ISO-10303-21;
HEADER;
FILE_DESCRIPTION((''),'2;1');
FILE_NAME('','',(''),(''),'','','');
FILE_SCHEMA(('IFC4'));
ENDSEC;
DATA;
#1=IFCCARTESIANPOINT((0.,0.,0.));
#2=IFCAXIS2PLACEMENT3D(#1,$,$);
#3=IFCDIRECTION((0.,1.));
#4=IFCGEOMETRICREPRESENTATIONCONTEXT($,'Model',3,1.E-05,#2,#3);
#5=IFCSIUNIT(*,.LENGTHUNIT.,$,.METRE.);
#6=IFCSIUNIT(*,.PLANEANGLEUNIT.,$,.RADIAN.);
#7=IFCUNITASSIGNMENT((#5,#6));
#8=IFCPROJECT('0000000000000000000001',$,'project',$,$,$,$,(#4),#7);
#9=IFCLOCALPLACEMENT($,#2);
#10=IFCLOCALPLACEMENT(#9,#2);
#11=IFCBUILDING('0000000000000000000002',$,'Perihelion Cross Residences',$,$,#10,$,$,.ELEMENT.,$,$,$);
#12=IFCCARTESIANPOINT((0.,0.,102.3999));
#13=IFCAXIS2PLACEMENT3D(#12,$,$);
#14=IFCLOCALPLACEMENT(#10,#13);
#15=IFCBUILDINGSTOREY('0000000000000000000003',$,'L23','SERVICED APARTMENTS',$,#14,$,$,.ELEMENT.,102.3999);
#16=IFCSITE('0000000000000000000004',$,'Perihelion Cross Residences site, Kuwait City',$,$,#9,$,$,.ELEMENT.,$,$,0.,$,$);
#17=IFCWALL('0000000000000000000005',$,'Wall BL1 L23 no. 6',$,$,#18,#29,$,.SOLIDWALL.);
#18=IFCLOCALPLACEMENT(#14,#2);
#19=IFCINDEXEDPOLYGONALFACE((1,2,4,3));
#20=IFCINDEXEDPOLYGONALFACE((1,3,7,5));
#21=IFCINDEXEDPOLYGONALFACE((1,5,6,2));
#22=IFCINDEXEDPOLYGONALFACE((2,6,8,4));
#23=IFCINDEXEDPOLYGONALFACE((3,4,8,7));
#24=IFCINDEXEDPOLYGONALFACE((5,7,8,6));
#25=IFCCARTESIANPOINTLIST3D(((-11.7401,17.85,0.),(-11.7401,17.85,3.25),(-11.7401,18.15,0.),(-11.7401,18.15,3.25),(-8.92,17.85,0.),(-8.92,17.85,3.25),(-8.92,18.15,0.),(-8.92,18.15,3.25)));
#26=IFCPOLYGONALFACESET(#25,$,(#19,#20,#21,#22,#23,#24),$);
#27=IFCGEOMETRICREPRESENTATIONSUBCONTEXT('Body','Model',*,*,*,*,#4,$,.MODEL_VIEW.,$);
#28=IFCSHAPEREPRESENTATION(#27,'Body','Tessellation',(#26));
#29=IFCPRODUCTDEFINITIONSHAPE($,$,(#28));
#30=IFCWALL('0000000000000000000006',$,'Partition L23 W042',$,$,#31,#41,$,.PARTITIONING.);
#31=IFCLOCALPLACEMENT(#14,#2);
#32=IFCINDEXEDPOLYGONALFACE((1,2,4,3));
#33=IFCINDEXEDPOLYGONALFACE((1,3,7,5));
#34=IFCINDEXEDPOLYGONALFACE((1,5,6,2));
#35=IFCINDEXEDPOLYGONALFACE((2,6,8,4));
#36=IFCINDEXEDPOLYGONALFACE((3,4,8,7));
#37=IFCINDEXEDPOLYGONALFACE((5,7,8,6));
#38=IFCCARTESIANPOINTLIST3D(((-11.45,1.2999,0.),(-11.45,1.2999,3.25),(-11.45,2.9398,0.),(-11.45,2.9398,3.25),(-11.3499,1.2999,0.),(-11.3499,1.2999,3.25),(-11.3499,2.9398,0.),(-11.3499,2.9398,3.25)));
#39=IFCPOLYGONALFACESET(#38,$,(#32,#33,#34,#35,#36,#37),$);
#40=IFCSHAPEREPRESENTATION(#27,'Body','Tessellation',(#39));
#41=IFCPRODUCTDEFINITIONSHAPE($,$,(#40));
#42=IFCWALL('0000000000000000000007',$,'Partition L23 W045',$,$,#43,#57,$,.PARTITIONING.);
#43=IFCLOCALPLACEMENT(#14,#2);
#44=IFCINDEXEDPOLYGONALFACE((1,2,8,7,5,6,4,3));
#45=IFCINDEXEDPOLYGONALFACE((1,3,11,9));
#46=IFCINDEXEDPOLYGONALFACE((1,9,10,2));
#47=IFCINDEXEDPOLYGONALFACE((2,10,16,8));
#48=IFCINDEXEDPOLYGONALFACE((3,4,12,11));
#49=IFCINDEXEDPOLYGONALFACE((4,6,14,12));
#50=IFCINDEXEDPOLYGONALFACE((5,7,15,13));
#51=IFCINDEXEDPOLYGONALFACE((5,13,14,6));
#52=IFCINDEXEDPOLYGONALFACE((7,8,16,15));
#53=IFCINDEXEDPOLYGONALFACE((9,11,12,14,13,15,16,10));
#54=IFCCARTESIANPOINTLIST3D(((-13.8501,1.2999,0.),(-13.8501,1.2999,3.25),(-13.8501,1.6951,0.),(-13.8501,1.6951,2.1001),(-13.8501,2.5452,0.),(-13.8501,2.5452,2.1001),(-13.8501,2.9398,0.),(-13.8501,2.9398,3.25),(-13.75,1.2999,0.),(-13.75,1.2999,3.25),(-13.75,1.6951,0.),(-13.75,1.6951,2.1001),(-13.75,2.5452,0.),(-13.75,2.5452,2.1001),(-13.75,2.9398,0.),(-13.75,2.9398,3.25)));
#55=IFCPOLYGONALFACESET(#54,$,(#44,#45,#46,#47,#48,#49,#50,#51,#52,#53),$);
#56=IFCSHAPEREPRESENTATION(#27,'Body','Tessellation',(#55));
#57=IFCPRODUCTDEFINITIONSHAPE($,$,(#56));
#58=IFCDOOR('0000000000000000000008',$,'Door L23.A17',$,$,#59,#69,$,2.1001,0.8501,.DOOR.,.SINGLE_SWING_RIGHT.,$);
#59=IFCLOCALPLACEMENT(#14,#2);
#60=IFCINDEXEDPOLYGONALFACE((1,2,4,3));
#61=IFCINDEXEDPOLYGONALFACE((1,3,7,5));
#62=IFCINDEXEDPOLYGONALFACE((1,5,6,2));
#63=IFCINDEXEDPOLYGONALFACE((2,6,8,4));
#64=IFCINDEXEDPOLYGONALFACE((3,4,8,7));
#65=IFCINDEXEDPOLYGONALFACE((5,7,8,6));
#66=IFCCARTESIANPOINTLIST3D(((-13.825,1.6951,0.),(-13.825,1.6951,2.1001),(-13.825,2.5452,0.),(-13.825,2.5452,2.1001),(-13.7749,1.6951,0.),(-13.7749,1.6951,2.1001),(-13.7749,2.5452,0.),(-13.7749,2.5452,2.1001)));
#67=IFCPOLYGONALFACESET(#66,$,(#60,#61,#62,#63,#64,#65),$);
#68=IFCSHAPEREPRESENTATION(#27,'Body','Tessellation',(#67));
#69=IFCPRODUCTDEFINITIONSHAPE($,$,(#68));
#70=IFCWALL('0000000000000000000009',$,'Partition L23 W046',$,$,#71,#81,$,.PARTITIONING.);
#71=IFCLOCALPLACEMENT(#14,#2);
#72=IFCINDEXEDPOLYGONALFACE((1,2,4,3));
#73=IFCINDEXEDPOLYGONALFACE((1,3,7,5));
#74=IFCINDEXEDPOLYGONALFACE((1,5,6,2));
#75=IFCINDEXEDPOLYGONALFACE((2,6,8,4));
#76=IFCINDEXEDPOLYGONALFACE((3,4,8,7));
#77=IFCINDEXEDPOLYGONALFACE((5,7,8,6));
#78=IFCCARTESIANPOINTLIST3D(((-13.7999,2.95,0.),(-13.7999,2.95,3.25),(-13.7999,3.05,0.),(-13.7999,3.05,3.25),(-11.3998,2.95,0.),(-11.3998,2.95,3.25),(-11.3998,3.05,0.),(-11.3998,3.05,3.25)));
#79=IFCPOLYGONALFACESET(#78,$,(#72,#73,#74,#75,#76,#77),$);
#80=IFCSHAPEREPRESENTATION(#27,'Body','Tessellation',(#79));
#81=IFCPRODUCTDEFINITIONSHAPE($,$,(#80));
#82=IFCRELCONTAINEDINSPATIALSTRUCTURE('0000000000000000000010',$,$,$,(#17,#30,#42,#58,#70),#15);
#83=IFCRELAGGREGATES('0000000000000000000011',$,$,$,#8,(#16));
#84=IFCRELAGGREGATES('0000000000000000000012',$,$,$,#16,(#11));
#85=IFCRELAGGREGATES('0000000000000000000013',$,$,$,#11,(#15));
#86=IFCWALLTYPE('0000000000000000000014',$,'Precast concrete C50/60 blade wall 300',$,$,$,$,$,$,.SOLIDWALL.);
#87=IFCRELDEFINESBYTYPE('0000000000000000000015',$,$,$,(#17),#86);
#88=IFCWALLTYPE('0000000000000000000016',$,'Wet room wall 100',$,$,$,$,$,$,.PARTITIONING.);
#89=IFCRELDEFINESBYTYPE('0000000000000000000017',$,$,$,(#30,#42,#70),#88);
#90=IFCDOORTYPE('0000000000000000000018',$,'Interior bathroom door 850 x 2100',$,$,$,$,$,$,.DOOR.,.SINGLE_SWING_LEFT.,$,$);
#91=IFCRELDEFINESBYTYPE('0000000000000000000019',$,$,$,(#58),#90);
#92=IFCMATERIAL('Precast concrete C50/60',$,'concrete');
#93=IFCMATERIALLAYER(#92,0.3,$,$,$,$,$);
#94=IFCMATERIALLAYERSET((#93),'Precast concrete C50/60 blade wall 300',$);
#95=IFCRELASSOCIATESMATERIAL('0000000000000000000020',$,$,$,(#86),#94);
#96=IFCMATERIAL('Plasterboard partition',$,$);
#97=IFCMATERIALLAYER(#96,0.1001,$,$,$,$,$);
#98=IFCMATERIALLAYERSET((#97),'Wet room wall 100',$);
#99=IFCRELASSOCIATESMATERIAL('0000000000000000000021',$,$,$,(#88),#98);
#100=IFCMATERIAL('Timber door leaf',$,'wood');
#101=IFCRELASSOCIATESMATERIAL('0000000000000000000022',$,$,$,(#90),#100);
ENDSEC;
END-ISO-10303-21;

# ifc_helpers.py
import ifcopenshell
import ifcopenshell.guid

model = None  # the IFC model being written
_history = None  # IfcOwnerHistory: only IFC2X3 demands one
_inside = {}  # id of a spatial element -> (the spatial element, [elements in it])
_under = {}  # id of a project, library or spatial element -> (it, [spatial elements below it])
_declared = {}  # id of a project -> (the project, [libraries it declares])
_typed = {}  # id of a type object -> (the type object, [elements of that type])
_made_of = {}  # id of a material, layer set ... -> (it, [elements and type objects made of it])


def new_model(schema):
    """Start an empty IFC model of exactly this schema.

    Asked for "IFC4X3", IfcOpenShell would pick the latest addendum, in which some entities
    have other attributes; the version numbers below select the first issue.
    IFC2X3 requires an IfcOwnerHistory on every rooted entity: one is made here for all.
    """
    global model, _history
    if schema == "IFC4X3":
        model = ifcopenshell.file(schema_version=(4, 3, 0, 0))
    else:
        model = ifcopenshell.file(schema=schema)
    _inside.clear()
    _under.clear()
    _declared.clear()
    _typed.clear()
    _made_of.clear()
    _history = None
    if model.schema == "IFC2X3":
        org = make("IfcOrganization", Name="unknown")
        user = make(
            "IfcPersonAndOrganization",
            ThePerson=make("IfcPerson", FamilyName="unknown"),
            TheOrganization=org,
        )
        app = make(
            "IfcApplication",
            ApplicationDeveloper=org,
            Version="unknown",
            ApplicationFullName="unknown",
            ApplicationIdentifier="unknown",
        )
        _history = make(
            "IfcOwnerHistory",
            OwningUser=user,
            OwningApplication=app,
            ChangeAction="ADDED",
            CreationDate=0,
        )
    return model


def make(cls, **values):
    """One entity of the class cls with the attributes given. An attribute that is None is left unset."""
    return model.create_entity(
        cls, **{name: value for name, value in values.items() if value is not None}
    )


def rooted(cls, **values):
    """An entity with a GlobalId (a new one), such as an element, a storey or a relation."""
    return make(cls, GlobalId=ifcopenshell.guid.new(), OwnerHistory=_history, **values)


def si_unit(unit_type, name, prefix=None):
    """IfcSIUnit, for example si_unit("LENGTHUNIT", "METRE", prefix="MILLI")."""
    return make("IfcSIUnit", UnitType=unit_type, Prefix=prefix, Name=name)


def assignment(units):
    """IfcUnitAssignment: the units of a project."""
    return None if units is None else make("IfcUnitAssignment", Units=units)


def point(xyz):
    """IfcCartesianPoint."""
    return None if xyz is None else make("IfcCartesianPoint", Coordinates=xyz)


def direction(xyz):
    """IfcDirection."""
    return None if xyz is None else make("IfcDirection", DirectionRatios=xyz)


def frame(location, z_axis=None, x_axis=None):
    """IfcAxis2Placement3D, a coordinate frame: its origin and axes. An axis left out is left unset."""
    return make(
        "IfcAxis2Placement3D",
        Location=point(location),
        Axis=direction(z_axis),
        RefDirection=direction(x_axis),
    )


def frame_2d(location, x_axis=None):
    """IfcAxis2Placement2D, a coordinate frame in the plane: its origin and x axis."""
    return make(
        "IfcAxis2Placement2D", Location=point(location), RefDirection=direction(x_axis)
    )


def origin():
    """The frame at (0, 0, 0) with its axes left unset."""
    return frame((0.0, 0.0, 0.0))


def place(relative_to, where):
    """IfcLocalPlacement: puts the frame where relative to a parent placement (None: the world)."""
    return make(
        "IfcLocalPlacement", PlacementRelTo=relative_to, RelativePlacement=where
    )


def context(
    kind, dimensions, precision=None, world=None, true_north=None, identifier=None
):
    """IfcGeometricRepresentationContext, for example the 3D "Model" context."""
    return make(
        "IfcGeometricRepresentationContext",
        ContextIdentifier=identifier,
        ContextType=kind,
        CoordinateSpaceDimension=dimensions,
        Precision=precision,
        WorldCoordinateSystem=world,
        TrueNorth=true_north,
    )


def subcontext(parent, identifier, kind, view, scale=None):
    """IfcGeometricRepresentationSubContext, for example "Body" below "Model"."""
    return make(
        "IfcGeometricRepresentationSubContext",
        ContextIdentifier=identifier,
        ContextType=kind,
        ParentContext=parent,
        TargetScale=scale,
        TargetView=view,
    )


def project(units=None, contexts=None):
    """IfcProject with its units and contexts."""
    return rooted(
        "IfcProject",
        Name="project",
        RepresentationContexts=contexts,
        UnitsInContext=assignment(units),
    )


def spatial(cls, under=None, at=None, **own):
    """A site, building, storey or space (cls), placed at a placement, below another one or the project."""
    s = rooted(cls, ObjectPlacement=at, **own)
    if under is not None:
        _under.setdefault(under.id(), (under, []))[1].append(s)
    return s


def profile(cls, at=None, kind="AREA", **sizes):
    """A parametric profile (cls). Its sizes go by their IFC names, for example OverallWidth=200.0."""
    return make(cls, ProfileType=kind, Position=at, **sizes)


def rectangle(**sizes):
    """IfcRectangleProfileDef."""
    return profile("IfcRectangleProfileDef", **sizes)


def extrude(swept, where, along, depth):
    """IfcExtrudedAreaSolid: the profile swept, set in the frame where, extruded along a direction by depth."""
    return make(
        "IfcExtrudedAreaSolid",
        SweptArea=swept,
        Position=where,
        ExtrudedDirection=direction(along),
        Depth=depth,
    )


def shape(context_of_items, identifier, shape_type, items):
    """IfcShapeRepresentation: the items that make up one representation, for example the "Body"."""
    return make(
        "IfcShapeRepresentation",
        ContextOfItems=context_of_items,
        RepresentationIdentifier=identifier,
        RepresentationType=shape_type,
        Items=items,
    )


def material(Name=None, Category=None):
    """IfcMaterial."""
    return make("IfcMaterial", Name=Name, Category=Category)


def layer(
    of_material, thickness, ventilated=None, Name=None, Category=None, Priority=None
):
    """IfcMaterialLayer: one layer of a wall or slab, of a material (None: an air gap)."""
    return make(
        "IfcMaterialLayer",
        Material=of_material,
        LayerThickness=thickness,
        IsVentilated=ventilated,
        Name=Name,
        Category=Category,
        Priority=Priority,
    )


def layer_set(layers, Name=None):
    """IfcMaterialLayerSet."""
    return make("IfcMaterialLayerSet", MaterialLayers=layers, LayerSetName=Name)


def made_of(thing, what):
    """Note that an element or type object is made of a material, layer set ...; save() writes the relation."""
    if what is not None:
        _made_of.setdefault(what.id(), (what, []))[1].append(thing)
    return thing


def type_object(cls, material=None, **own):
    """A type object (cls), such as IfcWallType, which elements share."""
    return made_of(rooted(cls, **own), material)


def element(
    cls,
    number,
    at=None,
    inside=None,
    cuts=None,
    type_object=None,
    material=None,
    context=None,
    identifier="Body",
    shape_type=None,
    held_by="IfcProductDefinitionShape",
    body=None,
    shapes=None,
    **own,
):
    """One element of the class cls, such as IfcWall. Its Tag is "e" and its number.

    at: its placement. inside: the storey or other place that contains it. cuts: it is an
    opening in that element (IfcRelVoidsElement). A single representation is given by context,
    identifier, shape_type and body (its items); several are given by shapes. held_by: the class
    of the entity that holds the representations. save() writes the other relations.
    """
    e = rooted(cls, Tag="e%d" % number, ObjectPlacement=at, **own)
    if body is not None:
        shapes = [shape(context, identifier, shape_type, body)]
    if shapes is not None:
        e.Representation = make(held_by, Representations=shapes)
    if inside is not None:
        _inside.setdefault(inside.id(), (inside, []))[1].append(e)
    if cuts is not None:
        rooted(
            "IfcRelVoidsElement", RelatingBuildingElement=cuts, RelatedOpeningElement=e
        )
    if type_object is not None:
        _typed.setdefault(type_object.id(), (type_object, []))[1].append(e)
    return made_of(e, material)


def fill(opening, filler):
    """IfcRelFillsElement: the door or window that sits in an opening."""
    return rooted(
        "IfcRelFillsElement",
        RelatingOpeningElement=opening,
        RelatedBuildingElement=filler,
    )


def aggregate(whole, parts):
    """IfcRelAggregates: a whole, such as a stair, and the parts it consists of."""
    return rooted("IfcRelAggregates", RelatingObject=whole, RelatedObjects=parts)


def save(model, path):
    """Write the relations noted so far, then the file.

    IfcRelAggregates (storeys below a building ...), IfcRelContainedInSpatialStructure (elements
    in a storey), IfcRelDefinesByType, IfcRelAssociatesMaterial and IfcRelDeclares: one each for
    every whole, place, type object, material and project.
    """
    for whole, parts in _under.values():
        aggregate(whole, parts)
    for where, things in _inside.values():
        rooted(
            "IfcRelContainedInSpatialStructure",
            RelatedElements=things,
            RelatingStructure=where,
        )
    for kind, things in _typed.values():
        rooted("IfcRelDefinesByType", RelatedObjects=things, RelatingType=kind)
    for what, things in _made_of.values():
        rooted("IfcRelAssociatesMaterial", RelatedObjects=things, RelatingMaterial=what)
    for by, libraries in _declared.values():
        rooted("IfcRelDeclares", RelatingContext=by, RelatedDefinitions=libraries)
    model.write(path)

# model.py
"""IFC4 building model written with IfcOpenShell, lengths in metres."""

from ifc_helpers import new_model, si_unit, direction, frame, frame_2d, origin, place, context, subcontext, project, spatial, rectangle, extrude, material, layer, layer_set, type_object, element, fill, save


model = new_model("IFC4")

# Units and contexts
model_context = context("Model", 3, precision=1e-05, world=origin(), true_north=direction((0.0, 1.0)))
body_context = subcontext(model_context, "Body", "Model", "MODEL_VIEW")
ifc_project = project(units=[si_unit("LENGTHUNIT", "METRE"), si_unit("PLANEANGLEUNIT", "RADIAN")], contexts=[model_context])

# Site, building, storey
site_placement = place(None, origin())
site = spatial("IfcSite", under=ifc_project, at=site_placement, Name="Perihelion Cross Residences site, Kuwait City", CompositionType="ELEMENT", RefElevation=0.0)
building_placement = place(site_placement, origin())
building = spatial("IfcBuilding", under=site, at=building_placement, Name="Perihelion Cross Residences", CompositionType="ELEMENT")
storey_placement = place(building_placement, frame((0.0, 0.0, 102.3999)))
storey = spatial("IfcBuildingStorey", under=building, at=storey_placement, Name="L23", Description="SERVICED APARTMENTS", CompositionType="ELEMENT", Elevation=102.3999)

# Walls
ifc_material_1 = material(Name="Precast concrete C50/60", Category="concrete")
ifc_layer_1 = layer(ifc_material_1, 0.3)
ifc_layer_set_1 = layer_set([ifc_layer_1], Name="Precast concrete C50/60 blade wall 300")
wall_type_1 = type_object("IfcWallType", Name="Precast concrete C50/60 blade wall 300", PredefinedType="SOLIDWALL", material=ifc_layer_set_1)
wall_1_placement = place(storey_placement, frame((-8.9199, 18.0, 0.0), z_axis=(0.0, 0.0, 1.0), x_axis=(-1.0, 0.0, 0.0)))
element("IfcWall", 1, at=wall_1_placement, inside=storey, type_object=wall_type_1, Name="Wall BL1 L23 no. 6", PredefinedType="SOLIDWALL", context=body_context, shape_type="SweptSolid", body=[
    extrude(rectangle(XDim=2.8201, YDim=0.3, at=frame_2d((1.4102, 0.0))), origin(), (0.0, 0.0, 1.0), 3.25),
])
ifc_material_2 = material(Name="Plasterboard partition")
ifc_layer_2 = layer(ifc_material_2, 0.1001)
ifc_layer_set_2 = layer_set([ifc_layer_2], Name="Wet room wall 100")
wall_type_2 = type_object("IfcWallType", Name="Wet room wall 100", PredefinedType="PARTITIONING", material=ifc_layer_set_2)
wall_2_placement = place(storey_placement, frame((-11.3999, 1.3, 0.0), z_axis=(0.0, 0.0, 1.0), x_axis=(0.0, 1.0, 0.0)))
element("IfcWall", 2, at=wall_2_placement, inside=storey, type_object=wall_type_2, Name="Partition L23 W042", PredefinedType="PARTITIONING", context=body_context, shape_type="SweptSolid", body=[
    extrude(rectangle(XDim=1.6399, YDim=0.1001, at=frame_2d((0.8198, 0.0))), origin(), (0.0, 0.0, 1.0), 3.25),
])

# Wall, opening, door
wall_3_placement = place(storey_placement, frame((-13.8, 1.3, 0.0), z_axis=(0.0, 0.0, 1.0), x_axis=(0.0, 1.0, 0.0)))
wall_3 = element("IfcWall", 3, at=wall_3_placement, inside=storey, type_object=wall_type_2, Name="Partition L23 W045", PredefinedType="PARTITIONING", context=body_context, shape_type="SweptSolid", body=[
    extrude(rectangle(XDim=1.6399, YDim=0.1001, at=frame_2d((0.8198, 0.0))), origin(), (0.0, 0.0, 1.0), 3.25),
])
opening_1_placement = place(wall_3_placement, frame((0.395, 0.0, 0.0)))
opening_1 = element("IfcOpeningElement", 4, at=opening_1_placement, cuts=wall_3, PredefinedType="OPENING", context=body_context, shape_type="SweptSolid", body=[
    extrude(rectangle(XDim=0.8501, YDim=2.1001, at=frame_2d((0.425, 1.05))), frame((0.0, 0.0601, 0.0), z_axis=(0.0, -1.0, 0.0), x_axis=(1.0, 0.0, 0.0)), (0.0, 0.0, 1.0), 0.1201),
])
ifc_material_3 = material(Name="Timber door leaf", Category="wood")
door_type_1 = type_object("IfcDoorType", Name="Interior bathroom door 850 x 2100", OperationType="SINGLE_SWING_LEFT", PredefinedType="DOOR", material=ifc_material_3)
door_1_placement = place(opening_1_placement, origin())
door_1 = element("IfcDoor", 5, at=door_1_placement, inside=storey, type_object=door_type_1, Name="Door L23.A17", OperationType="SINGLE_SWING_RIGHT", OverallHeight=2.1001, OverallWidth=0.8501, PredefinedType="DOOR", context=body_context, shape_type="SweptSolid", body=[
    extrude(rectangle(XDim=0.8501, YDim=2.1001, at=frame_2d((0.425, 1.05))), frame((0.0, 0.0249, 0.0), z_axis=(0.0, -1.0, 0.0), x_axis=(1.0, 0.0, 0.0)), (0.0, 0.0, 1.0), 0.05),
])
fill(opening_1, door_1)

# Wall
wall_4_placement = place(storey_placement, frame((-13.8, 3.0, 0.0), z_axis=(0.0, 0.0, 1.0), x_axis=(1.0, 0.0, 0.0)))
element("IfcWall", 6, at=wall_4_placement, inside=storey, type_object=wall_type_2, Name="Partition L23 W046", PredefinedType="PARTITIONING", context=body_context, shape_type="SweptSolid", body=[
    extrude(rectangle(XDim=2.4001, YDim=0.1001, at=frame_2d((1.2002, 0.0))), origin(), (0.0, 0.0, 1.0), 3.25),
])

save(model, "model.ifc")
